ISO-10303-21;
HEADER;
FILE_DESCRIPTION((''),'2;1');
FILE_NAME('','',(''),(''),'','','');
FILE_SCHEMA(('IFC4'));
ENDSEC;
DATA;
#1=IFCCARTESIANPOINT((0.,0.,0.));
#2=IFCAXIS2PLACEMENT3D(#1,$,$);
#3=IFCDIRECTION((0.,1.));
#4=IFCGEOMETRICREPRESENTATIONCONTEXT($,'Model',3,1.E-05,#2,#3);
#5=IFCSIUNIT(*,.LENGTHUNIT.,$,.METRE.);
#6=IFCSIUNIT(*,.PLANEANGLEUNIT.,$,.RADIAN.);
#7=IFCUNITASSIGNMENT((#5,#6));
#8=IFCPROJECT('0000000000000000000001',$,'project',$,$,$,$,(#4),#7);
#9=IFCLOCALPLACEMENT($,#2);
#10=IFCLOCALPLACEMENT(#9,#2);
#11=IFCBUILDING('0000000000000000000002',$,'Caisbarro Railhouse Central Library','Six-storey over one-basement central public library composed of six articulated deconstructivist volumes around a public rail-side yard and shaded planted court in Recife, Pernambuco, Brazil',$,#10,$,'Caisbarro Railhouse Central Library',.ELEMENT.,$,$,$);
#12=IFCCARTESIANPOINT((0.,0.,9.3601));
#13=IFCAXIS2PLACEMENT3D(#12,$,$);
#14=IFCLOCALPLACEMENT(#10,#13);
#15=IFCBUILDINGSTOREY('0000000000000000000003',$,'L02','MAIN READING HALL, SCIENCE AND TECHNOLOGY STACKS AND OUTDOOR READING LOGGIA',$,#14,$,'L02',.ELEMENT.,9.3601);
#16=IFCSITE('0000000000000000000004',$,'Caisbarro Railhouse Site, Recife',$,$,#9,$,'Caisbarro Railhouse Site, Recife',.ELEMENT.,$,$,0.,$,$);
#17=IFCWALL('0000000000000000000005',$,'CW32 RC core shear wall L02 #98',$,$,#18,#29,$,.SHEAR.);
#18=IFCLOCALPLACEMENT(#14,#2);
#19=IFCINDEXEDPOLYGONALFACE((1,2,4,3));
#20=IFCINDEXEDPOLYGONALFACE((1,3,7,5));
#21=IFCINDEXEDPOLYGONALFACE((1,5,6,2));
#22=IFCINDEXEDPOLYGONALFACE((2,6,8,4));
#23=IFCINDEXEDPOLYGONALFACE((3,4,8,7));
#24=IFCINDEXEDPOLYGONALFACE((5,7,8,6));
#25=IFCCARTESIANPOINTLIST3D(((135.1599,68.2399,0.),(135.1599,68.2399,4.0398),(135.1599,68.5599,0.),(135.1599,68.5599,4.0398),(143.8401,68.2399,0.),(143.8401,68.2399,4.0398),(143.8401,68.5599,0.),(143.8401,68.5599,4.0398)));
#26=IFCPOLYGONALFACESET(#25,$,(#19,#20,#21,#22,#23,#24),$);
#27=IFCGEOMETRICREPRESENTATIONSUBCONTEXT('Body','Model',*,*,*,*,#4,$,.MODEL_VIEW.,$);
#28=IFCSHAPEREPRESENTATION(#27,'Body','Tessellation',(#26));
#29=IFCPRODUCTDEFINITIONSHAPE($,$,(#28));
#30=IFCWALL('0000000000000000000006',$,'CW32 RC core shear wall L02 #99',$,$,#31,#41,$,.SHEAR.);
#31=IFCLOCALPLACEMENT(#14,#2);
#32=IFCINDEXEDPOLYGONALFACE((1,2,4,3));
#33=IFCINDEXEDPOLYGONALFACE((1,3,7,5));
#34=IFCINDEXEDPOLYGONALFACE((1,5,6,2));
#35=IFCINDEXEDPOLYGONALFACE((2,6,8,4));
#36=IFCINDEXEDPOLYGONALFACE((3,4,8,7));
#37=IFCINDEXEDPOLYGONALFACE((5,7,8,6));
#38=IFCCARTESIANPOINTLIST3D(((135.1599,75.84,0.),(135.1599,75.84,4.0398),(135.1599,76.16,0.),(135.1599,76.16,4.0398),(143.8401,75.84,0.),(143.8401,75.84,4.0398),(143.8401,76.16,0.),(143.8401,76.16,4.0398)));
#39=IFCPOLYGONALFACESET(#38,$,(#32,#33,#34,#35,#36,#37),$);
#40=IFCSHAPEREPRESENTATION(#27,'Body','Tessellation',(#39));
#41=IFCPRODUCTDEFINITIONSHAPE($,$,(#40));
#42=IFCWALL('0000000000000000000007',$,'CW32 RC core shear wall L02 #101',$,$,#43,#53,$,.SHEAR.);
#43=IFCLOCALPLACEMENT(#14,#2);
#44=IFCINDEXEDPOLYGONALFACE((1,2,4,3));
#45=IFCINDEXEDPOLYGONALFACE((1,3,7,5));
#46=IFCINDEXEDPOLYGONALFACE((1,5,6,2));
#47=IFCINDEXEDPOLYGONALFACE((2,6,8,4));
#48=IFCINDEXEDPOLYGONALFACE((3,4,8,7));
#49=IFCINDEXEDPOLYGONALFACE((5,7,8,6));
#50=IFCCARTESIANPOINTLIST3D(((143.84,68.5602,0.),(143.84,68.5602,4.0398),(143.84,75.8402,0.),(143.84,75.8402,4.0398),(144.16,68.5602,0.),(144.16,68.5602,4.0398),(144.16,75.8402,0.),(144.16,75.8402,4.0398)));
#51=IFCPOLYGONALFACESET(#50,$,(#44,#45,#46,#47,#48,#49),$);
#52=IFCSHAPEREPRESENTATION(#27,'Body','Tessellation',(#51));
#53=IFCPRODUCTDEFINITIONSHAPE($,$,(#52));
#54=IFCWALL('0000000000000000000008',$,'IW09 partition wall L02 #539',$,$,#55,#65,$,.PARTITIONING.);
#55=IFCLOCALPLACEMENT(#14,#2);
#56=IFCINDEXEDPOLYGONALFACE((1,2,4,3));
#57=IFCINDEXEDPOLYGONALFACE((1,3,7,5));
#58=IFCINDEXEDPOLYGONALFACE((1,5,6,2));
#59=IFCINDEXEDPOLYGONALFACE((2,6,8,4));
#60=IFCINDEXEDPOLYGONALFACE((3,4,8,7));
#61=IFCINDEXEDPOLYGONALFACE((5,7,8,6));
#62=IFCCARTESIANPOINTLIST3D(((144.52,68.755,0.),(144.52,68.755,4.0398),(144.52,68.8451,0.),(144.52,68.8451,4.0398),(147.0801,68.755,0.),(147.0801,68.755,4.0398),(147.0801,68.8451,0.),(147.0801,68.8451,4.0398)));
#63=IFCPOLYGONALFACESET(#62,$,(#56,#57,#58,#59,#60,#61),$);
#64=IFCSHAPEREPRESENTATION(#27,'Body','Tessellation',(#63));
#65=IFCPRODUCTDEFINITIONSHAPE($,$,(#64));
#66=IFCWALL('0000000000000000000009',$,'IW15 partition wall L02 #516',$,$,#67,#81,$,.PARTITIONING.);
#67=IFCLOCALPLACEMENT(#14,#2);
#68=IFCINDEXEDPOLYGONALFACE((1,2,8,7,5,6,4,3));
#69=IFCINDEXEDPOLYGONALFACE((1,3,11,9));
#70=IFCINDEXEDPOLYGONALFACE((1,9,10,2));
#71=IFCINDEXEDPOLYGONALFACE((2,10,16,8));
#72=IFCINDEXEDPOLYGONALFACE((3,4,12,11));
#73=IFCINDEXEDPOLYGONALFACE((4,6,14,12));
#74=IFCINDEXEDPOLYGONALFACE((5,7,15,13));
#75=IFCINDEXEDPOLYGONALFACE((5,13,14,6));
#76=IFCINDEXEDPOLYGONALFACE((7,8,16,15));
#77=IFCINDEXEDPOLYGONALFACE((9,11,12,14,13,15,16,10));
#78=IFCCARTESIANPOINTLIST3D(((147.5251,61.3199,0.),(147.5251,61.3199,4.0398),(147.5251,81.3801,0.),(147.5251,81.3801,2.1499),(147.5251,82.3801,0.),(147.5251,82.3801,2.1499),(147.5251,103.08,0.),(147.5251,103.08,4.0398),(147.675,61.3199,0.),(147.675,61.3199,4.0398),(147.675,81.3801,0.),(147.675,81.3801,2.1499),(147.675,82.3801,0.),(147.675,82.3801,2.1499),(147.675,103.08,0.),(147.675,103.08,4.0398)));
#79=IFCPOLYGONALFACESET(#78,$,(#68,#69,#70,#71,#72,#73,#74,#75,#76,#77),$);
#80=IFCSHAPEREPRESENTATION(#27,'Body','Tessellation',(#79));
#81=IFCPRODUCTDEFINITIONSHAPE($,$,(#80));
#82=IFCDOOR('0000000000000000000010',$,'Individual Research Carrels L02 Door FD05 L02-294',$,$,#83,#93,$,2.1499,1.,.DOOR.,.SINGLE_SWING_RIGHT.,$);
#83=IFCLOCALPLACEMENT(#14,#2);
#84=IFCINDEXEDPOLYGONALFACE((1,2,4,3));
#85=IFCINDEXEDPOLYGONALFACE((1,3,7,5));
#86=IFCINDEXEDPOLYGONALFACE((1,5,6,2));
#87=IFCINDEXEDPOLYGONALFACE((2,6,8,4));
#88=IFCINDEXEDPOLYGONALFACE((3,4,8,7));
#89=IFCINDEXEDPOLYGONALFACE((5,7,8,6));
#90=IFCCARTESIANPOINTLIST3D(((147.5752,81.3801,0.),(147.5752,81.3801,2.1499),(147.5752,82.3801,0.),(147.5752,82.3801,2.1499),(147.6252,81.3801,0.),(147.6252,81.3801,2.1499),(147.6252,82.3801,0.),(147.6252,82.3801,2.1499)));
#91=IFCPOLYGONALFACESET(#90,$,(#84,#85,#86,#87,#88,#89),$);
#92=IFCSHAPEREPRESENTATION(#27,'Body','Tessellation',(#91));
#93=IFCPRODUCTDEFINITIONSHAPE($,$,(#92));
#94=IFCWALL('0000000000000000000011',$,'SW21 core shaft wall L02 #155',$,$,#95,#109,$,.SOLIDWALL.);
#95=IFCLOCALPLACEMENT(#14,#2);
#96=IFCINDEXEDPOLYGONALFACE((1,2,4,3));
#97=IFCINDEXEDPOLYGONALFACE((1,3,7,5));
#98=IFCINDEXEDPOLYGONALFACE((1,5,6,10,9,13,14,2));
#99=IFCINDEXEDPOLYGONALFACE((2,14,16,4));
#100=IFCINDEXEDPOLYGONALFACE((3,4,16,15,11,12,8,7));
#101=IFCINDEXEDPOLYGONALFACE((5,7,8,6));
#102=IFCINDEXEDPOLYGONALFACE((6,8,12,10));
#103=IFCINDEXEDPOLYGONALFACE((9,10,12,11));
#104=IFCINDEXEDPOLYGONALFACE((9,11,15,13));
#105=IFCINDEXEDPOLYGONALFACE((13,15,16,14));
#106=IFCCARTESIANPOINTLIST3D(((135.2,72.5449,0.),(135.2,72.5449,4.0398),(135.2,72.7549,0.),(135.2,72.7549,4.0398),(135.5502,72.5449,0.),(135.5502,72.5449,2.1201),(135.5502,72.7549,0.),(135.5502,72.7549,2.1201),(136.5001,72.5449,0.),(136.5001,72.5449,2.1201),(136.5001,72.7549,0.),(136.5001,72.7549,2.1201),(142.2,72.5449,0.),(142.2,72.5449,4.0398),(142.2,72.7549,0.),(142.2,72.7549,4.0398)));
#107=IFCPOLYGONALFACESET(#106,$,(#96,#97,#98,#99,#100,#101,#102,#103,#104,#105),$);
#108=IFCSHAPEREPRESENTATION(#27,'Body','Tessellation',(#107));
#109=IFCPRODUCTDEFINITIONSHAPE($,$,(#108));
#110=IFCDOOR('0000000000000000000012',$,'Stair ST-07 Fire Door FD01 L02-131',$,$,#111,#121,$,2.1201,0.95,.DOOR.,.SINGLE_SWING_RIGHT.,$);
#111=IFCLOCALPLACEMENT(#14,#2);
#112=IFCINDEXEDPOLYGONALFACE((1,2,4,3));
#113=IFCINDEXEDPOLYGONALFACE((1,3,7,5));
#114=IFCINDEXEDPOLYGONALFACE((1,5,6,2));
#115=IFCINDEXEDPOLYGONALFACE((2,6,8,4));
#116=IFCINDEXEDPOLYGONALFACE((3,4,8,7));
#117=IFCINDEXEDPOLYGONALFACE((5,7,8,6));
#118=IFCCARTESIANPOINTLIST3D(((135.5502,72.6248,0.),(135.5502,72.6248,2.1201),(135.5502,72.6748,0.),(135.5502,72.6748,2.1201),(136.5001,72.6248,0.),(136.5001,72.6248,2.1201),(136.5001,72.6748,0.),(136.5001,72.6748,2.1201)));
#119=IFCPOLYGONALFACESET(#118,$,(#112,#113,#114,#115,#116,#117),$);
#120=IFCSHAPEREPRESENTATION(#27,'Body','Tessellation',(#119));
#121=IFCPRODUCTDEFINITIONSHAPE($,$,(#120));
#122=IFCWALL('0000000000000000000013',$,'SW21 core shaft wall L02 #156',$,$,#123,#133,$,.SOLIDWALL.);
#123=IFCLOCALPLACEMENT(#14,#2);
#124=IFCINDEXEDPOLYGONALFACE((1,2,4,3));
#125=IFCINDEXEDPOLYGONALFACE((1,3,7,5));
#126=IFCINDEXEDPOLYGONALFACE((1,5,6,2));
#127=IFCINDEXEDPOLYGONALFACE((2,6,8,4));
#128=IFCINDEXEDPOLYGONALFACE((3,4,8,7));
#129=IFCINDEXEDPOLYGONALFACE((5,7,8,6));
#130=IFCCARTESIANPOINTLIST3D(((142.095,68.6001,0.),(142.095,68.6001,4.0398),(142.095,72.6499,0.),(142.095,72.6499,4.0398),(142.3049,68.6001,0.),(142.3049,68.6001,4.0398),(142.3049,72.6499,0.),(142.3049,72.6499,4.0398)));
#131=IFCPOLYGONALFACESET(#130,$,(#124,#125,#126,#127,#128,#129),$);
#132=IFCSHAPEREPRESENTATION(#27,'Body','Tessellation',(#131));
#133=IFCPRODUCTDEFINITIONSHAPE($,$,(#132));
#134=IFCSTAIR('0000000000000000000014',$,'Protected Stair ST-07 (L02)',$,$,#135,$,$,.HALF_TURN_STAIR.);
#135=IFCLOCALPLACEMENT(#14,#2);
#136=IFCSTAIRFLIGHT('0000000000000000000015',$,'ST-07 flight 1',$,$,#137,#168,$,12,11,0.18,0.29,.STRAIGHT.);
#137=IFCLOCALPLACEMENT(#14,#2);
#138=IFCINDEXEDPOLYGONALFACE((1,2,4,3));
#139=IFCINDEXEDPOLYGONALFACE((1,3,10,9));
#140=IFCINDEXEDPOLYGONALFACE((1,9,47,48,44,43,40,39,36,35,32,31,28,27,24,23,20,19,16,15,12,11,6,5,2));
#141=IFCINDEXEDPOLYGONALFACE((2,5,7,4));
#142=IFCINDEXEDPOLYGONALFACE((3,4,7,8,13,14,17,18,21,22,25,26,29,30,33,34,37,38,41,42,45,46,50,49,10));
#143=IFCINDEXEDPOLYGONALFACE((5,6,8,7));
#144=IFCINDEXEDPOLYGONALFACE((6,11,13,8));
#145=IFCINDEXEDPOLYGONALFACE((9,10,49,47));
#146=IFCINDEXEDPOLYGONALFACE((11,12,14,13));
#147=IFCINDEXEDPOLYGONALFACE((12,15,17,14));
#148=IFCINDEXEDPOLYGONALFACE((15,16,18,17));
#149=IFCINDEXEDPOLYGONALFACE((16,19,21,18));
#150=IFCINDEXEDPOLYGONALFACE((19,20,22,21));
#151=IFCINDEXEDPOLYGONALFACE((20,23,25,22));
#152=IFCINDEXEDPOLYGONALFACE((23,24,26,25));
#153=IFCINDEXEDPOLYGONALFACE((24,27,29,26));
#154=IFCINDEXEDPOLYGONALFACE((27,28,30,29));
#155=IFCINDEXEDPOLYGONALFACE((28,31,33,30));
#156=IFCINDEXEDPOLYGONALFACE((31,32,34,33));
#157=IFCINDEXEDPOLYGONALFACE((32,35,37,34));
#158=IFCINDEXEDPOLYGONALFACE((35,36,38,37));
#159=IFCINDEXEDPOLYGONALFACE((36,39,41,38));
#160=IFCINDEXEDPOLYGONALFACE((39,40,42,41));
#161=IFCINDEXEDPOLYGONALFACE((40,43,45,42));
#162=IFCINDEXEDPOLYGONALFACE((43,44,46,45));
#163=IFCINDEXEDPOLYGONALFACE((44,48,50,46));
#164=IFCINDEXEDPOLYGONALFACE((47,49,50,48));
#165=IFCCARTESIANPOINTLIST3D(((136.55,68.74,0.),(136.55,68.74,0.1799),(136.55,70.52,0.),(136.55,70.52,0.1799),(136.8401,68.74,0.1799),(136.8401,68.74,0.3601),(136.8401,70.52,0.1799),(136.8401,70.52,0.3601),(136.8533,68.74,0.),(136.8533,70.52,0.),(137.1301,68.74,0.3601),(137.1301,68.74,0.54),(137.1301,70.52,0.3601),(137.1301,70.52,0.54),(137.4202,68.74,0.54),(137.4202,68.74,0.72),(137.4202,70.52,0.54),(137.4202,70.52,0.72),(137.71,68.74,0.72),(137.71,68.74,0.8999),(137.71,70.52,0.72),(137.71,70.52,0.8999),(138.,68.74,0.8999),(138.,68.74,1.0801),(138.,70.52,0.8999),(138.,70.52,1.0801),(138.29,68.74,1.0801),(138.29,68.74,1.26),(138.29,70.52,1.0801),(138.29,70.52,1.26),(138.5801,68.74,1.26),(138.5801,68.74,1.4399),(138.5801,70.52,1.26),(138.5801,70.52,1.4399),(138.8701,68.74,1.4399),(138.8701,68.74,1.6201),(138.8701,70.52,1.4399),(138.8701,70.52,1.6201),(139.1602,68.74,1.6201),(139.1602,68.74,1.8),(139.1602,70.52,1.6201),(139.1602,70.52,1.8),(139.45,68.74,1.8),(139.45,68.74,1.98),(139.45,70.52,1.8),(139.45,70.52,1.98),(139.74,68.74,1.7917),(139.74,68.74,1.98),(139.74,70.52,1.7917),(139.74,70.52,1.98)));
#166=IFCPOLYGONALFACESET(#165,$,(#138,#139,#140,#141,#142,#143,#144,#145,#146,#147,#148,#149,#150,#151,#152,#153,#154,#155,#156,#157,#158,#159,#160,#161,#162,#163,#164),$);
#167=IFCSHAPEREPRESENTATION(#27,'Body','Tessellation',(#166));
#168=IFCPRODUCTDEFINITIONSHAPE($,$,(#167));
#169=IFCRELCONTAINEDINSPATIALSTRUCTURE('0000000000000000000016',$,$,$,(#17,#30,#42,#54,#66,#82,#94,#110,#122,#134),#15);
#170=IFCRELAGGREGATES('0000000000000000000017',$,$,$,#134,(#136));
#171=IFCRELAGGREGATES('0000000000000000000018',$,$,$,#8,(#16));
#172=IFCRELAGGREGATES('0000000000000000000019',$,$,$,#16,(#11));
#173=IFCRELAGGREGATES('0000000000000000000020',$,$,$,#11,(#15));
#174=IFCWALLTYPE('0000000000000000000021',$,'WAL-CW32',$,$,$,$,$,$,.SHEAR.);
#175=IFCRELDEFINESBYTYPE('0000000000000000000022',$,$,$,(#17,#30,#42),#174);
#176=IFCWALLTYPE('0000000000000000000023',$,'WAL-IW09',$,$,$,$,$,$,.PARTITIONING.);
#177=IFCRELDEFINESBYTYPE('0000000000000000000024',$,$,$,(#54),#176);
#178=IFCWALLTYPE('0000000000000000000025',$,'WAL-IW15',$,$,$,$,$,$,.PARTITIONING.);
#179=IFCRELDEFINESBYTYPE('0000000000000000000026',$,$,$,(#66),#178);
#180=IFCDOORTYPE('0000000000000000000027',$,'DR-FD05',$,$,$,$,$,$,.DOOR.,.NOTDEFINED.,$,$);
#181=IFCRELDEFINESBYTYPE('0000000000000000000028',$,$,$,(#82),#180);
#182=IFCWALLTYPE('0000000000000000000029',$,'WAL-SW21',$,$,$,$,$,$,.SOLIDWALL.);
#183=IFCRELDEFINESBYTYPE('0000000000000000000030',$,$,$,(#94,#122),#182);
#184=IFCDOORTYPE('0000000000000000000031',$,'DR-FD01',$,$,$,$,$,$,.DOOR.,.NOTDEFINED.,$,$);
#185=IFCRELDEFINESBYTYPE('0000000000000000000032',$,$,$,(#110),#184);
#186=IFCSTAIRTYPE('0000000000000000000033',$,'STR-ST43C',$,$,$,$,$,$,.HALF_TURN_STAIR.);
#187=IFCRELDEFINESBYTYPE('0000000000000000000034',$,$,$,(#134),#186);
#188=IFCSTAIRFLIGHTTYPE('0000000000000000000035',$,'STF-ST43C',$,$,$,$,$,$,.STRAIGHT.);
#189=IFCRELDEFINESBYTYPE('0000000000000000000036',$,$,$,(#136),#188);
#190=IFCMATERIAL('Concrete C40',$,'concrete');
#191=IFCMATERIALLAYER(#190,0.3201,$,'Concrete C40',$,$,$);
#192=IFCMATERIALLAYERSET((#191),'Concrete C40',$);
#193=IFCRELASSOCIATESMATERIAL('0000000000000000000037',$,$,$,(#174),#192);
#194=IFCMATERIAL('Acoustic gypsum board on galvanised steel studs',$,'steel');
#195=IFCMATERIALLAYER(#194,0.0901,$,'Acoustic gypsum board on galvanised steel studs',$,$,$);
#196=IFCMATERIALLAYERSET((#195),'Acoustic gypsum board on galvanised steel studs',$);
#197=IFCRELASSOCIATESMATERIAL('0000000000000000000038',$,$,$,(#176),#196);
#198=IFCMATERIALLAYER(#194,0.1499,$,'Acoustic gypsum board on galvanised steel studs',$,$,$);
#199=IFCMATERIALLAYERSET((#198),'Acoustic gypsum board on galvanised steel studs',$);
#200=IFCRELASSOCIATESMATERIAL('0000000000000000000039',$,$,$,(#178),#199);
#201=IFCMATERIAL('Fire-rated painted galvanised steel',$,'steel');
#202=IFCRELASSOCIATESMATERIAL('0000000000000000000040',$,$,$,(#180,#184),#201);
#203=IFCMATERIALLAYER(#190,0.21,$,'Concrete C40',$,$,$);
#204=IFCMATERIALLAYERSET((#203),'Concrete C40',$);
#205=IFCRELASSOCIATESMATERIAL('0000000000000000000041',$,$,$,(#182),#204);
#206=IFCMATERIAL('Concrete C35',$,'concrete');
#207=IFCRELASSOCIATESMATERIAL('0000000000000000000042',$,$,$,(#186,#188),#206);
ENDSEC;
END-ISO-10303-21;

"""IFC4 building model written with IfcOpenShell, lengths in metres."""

from ifc_helpers import new_model, si_unit, direction, frame, frame_2d, origin, place, context, subcontext, project, spatial, polyline, rectangle, outline, extrude, material, layer, layer_set, type_object, element, fill, aggregate, save


model = new_model("IFC4")

# Units and contexts
model_context = context("Model", 3, precision=1e-05, world=origin(), true_north=direction((0.0, 1.0)))
body_context = subcontext(model_context, "Body", "Model", "MODEL_VIEW")
ifc_project = project(units=[si_unit("LENGTHUNIT", "METRE"), si_unit("PLANEANGLEUNIT", "RADIAN")], contexts=[model_context])

# Site, building, storey
site_placement = place(None, origin())
site = spatial("IfcSite", under=ifc_project, at=site_placement, Name="Caisbarro Railhouse Site, Recife", LongName="Caisbarro Railhouse Site, Recife", CompositionType="ELEMENT", RefElevation=0.0)
building_placement = place(site_placement, origin())
building = spatial("IfcBuilding", under=site, at=building_placement, Name="Caisbarro Railhouse Central Library", Description="Six-storey over one-basement central public library composed of six articulated deconstructivist volumes around a public rail-side yard and shaded planted court in Recife, Pernambuco, Brazil", LongName="Caisbarro Railhouse Central Library", CompositionType="ELEMENT")
storey_placement = place(building_placement, frame((0.0, 0.0, 9.3601)))
storey = spatial("IfcBuildingStorey", under=building, at=storey_placement, Name="L02", Description="MAIN READING HALL, SCIENCE AND TECHNOLOGY STACKS AND OUTDOOR READING LOGGIA", LongName="L02", CompositionType="ELEMENT", Elevation=9.3601)

# Walls
ifc_material_1 = material(Name="Concrete C40", Category="concrete")
ifc_layer_1 = layer(ifc_material_1, 0.3201, Name="Concrete C40")
ifc_layer_set_1 = layer_set([ifc_layer_1], Name="Concrete C40")
wall_type_1 = type_object("IfcWallType", Name="WAL-CW32", PredefinedType="SHEAR", material=ifc_layer_set_1)
for number, where, z_axis, x_axis, name in (
    (1, (135.1599, 68.3999, 0.0), (0.0, 0.0, 1.0), (1.0, 0.0, 0.0), "CW32 RC core shear wall L02 #98"),
    (2, (135.1599, 76.0, 0.0), (0.0, 0.0, 1.0), (1.0, 0.0, 0.0), "CW32 RC core shear wall L02 #99"),
):
    element("IfcWall", number, at=place(storey_placement, frame(where, z_axis=z_axis, x_axis=x_axis)), inside=storey, type_object=wall_type_1, Name=name, PredefinedType="SHEAR", context=body_context, shape_type="SweptSolid", body=[
        extrude(rectangle(XDim=8.6802, YDim=0.3201, at=frame_2d((4.3401, 0.0))), origin(), (0.0, 0.0, 1.0), 4.0398),
    ])
wall_1_placement = place(storey_placement, frame((144.0, 68.5601, 0.0), z_axis=(0.0, 0.0, 1.0), x_axis=(0.0, 1.0, 0.0)))
element("IfcWall", 3, at=wall_1_placement, inside=storey, type_object=wall_type_1, Name="CW32 RC core shear wall L02 #101", PredefinedType="SHEAR", context=body_context, shape_type="SweptSolid", body=[
    extrude(rectangle(XDim=7.28, YDim=0.3201, at=frame_2d((3.6401, 0.0))), origin(), (0.0, 0.0, 1.0), 4.0398),
])
ifc_material_2 = material(Name="Acoustic gypsum board on galvanised steel studs", Category="steel")
ifc_layer_2 = layer(ifc_material_2, 0.0901, Name="Acoustic gypsum board on galvanised steel studs")
ifc_layer_set_2 = layer_set([ifc_layer_2], Name="Acoustic gypsum board on galvanised steel studs")
wall_type_2 = type_object("IfcWallType", Name="WAL-IW09", PredefinedType="PARTITIONING", material=ifc_layer_set_2)
wall_2_placement = place(storey_placement, frame((144.52, 68.8, 0.0), z_axis=(0.0, 0.0, 1.0), x_axis=(1.0, 0.0, 0.0)))
element("IfcWall", 4, at=wall_2_placement, inside=storey, type_object=wall_type_2, Name="IW09 partition wall L02 #539", PredefinedType="PARTITIONING", context=body_context, shape_type="SweptSolid", body=[
    extrude(rectangle(XDim=2.5601, YDim=0.0901, at=frame_2d((1.28, 0.0))), origin(), (0.0, 0.0, 1.0), 4.0398),
])

# Walls, openings, doors
ifc_layer_3 = layer(ifc_material_2, 0.1499, Name="Acoustic gypsum board on galvanised steel studs")
ifc_layer_set_3 = layer_set([ifc_layer_3], Name="Acoustic gypsum board on galvanised steel studs")
wall_type_3 = type_object("IfcWallType", Name="WAL-IW15", PredefinedType="PARTITIONING", material=ifc_layer_set_3)
wall_3_placement = place(storey_placement, frame((147.6001, 61.3201, 0.0), z_axis=(0.0, 0.0, 1.0), x_axis=(0.0, 1.0, 0.0)))
wall_3 = element("IfcWall", 5, at=wall_3_placement, inside=storey, type_object=wall_type_3, Name="IW15 partition wall L02 #516", PredefinedType="PARTITIONING", context=body_context, shape_type="SweptSolid", body=[
    extrude(rectangle(XDim=41.76, YDim=0.1499, at=frame_2d((20.8799, 0.0))), origin(), (0.0, 0.0, 1.0), 4.0398),
])
opening_1_placement = place(wall_3_placement, frame((20.0601, 0.0, 0.0)))
opening_1 = element("IfcOpeningElement", 6, at=opening_1_placement, cuts=wall_3, PredefinedType="OPENING", context=body_context, shape_type="SweptSolid", body=[
    extrude(rectangle(XDim=1.0, YDim=2.1499, at=frame_2d((0.5, 1.075))), frame((0.0, 0.085, 0.0), z_axis=(0.0, -1.0, 0.0), x_axis=(1.0, 0.0, 0.0)), (0.0, 0.0, 1.0), 0.1699),
])
ifc_material_3 = material(Name="Fire-rated painted galvanised steel", Category="steel")
door_type_1 = type_object("IfcDoorType", Name="DR-FD05", OperationType="NOTDEFINED", PredefinedType="DOOR", material=ifc_material_3)
door_1_placement = place(opening_1_placement, origin())
door_1 = element("IfcDoor", 7, at=door_1_placement, inside=storey, type_object=door_type_1, Name="Individual Research Carrels L02 Door FD05 L02-294", OperationType="SINGLE_SWING_RIGHT", OverallHeight=2.1499, OverallWidth=1.0, PredefinedType="DOOR", context=body_context, shape_type="SweptSolid", body=[
    extrude(rectangle(XDim=1.0, YDim=2.1499, at=frame_2d((0.5, 1.075))), frame((0.0, 0.0249, 0.0), z_axis=(0.0, -1.0, 0.0), x_axis=(1.0, 0.0, 0.0)), (0.0, 0.0, 1.0), 0.05),
])
fill(opening_1, door_1)
ifc_layer_4 = layer(ifc_material_1, 0.21, Name="Concrete C40")
ifc_layer_set_4 = layer_set([ifc_layer_4], Name="Concrete C40")
wall_type_4 = type_object("IfcWallType", Name="WAL-SW21", PredefinedType="SOLIDWALL", material=ifc_layer_set_4)
wall_4_placement = place(storey_placement, frame((135.2, 72.6499, 0.0), z_axis=(0.0, 0.0, 1.0), x_axis=(1.0, 0.0, 0.0)))
wall_4 = element("IfcWall", 8, at=wall_4_placement, inside=storey, type_object=wall_type_4, Name="SW21 core shaft wall L02 #155", PredefinedType="SOLIDWALL", context=body_context, shape_type="SweptSolid", body=[
    extrude(rectangle(XDim=7.0, YDim=0.21, at=frame_2d((3.5, 0.0))), origin(), (0.0, 0.0, 1.0), 4.0398),
])
opening_2_placement = place(wall_4_placement, frame((0.3501, 0.0, 0.0)))
opening_2 = element("IfcOpeningElement", 9, at=opening_2_placement, cuts=wall_4, PredefinedType="OPENING", context=body_context, shape_type="SweptSolid", body=[
    extrude(rectangle(XDim=0.95, YDim=2.1201, at=frame_2d((0.4751, 1.0601))), frame((0.0, 0.115, 0.0), z_axis=(0.0, -1.0, 0.0), x_axis=(1.0, 0.0, 0.0)), (0.0, 0.0, 1.0), 0.23),
])
door_type_2 = type_object("IfcDoorType", Name="DR-FD01", OperationType="NOTDEFINED", PredefinedType="DOOR", material=ifc_material_3)
door_2_placement = place(opening_2_placement, origin())
door_2 = element("IfcDoor", 10, at=door_2_placement, inside=storey, type_object=door_type_2, Name="Stair ST-07 Fire Door FD01 L02-131", OperationType="SINGLE_SWING_RIGHT", OverallHeight=2.1201, OverallWidth=0.95, PredefinedType="DOOR", context=body_context, shape_type="SweptSolid", body=[
    extrude(rectangle(XDim=0.95, YDim=2.1201, at=frame_2d((0.4751, 1.0601))), frame((0.0, 0.0249, 0.0), z_axis=(0.0, -1.0, 0.0), x_axis=(1.0, 0.0, 0.0)), (0.0, 0.0, 1.0), 0.05),
])
fill(opening_2, door_2)

# Wall
wall_5_placement = place(storey_placement, frame((142.2, 68.6001, 0.0), z_axis=(0.0, 0.0, 1.0), x_axis=(0.0, 1.0, 0.0)))
element("IfcWall", 11, at=wall_5_placement, inside=storey, type_object=wall_type_4, Name="SW21 core shaft wall L02 #156", PredefinedType="SOLIDWALL", context=body_context, shape_type="SweptSolid", body=[
    extrude(rectangle(XDim=4.0498, YDim=0.21, at=frame_2d((2.0249, 0.0))), origin(), (0.0, 0.0, 1.0), 4.0398),
])

# Stair, stair flight
ifc_material_4 = material(Name="Concrete C35", Category="concrete")
stair_type = type_object("IfcStairType", Name="STR-ST43C", PredefinedType="HALF_TURN_STAIR", material=ifc_material_4)
stair_placement = place(storey_placement, origin())
stair = element("IfcStair", 12, at=stair_placement, inside=storey, type_object=stair_type, Name="Protected Stair ST-07 (L02)", PredefinedType="HALF_TURN_STAIR")
stair_flight_type = type_object("IfcStairFlightType", Name="STF-ST43C", PredefinedType="STRAIGHT", material=ifc_material_4)
stair_flight_1_placement = place(storey_placement, frame((136.55, 69.6299, 0.0), z_axis=(0.0, 0.0, 1.0), x_axis=(1.0, 0.0, 0.0)))
stair_flight_1 = element("IfcStairFlight", 13, at=stair_flight_1_placement, type_object=stair_flight_type, Name="ST-07 flight 1", NumberOfRisers=12, NumberOfTreads=11, PredefinedType="STRAIGHT", RiserHeight=0.18, TreadLength=0.29, context=body_context, shape_type="SweptSolid", body=[
    extrude(outline(polyline([(0.0, 0.0), (0.0, 0.1799), (0.29, 0.1799), (0.29, 0.3601), (0.5801, 0.3601), (0.5801, 0.54), (0.8701, 0.54), (0.8701, 0.72), (1.1599, 0.72), (1.1599, 0.8999), (1.45, 0.8999), (1.45, 1.0801), (1.74, 1.0801), (1.74, 1.26), (2.03, 1.26), (2.03, 1.4399), (2.3201, 1.4399), (2.3201, 1.6201), (2.6101, 1.6201), (2.6101, 1.8), (2.8999, 1.8), (2.8999, 1.98), (3.1899, 1.98), (3.1899, 2.1599), (3.1899, 1.7917), (0.3032, 0.0), (0.0, 0.0)])), frame((0.0, 0.8901, 0.0), z_axis=(0.0, -1.0, 0.0), x_axis=(1.0, 0.0, 0.0)), (0.0, 0.0, 1.0), 1.78),
])
aggregate(stair, [stair_flight_1])

save(model, "model.ifc")
